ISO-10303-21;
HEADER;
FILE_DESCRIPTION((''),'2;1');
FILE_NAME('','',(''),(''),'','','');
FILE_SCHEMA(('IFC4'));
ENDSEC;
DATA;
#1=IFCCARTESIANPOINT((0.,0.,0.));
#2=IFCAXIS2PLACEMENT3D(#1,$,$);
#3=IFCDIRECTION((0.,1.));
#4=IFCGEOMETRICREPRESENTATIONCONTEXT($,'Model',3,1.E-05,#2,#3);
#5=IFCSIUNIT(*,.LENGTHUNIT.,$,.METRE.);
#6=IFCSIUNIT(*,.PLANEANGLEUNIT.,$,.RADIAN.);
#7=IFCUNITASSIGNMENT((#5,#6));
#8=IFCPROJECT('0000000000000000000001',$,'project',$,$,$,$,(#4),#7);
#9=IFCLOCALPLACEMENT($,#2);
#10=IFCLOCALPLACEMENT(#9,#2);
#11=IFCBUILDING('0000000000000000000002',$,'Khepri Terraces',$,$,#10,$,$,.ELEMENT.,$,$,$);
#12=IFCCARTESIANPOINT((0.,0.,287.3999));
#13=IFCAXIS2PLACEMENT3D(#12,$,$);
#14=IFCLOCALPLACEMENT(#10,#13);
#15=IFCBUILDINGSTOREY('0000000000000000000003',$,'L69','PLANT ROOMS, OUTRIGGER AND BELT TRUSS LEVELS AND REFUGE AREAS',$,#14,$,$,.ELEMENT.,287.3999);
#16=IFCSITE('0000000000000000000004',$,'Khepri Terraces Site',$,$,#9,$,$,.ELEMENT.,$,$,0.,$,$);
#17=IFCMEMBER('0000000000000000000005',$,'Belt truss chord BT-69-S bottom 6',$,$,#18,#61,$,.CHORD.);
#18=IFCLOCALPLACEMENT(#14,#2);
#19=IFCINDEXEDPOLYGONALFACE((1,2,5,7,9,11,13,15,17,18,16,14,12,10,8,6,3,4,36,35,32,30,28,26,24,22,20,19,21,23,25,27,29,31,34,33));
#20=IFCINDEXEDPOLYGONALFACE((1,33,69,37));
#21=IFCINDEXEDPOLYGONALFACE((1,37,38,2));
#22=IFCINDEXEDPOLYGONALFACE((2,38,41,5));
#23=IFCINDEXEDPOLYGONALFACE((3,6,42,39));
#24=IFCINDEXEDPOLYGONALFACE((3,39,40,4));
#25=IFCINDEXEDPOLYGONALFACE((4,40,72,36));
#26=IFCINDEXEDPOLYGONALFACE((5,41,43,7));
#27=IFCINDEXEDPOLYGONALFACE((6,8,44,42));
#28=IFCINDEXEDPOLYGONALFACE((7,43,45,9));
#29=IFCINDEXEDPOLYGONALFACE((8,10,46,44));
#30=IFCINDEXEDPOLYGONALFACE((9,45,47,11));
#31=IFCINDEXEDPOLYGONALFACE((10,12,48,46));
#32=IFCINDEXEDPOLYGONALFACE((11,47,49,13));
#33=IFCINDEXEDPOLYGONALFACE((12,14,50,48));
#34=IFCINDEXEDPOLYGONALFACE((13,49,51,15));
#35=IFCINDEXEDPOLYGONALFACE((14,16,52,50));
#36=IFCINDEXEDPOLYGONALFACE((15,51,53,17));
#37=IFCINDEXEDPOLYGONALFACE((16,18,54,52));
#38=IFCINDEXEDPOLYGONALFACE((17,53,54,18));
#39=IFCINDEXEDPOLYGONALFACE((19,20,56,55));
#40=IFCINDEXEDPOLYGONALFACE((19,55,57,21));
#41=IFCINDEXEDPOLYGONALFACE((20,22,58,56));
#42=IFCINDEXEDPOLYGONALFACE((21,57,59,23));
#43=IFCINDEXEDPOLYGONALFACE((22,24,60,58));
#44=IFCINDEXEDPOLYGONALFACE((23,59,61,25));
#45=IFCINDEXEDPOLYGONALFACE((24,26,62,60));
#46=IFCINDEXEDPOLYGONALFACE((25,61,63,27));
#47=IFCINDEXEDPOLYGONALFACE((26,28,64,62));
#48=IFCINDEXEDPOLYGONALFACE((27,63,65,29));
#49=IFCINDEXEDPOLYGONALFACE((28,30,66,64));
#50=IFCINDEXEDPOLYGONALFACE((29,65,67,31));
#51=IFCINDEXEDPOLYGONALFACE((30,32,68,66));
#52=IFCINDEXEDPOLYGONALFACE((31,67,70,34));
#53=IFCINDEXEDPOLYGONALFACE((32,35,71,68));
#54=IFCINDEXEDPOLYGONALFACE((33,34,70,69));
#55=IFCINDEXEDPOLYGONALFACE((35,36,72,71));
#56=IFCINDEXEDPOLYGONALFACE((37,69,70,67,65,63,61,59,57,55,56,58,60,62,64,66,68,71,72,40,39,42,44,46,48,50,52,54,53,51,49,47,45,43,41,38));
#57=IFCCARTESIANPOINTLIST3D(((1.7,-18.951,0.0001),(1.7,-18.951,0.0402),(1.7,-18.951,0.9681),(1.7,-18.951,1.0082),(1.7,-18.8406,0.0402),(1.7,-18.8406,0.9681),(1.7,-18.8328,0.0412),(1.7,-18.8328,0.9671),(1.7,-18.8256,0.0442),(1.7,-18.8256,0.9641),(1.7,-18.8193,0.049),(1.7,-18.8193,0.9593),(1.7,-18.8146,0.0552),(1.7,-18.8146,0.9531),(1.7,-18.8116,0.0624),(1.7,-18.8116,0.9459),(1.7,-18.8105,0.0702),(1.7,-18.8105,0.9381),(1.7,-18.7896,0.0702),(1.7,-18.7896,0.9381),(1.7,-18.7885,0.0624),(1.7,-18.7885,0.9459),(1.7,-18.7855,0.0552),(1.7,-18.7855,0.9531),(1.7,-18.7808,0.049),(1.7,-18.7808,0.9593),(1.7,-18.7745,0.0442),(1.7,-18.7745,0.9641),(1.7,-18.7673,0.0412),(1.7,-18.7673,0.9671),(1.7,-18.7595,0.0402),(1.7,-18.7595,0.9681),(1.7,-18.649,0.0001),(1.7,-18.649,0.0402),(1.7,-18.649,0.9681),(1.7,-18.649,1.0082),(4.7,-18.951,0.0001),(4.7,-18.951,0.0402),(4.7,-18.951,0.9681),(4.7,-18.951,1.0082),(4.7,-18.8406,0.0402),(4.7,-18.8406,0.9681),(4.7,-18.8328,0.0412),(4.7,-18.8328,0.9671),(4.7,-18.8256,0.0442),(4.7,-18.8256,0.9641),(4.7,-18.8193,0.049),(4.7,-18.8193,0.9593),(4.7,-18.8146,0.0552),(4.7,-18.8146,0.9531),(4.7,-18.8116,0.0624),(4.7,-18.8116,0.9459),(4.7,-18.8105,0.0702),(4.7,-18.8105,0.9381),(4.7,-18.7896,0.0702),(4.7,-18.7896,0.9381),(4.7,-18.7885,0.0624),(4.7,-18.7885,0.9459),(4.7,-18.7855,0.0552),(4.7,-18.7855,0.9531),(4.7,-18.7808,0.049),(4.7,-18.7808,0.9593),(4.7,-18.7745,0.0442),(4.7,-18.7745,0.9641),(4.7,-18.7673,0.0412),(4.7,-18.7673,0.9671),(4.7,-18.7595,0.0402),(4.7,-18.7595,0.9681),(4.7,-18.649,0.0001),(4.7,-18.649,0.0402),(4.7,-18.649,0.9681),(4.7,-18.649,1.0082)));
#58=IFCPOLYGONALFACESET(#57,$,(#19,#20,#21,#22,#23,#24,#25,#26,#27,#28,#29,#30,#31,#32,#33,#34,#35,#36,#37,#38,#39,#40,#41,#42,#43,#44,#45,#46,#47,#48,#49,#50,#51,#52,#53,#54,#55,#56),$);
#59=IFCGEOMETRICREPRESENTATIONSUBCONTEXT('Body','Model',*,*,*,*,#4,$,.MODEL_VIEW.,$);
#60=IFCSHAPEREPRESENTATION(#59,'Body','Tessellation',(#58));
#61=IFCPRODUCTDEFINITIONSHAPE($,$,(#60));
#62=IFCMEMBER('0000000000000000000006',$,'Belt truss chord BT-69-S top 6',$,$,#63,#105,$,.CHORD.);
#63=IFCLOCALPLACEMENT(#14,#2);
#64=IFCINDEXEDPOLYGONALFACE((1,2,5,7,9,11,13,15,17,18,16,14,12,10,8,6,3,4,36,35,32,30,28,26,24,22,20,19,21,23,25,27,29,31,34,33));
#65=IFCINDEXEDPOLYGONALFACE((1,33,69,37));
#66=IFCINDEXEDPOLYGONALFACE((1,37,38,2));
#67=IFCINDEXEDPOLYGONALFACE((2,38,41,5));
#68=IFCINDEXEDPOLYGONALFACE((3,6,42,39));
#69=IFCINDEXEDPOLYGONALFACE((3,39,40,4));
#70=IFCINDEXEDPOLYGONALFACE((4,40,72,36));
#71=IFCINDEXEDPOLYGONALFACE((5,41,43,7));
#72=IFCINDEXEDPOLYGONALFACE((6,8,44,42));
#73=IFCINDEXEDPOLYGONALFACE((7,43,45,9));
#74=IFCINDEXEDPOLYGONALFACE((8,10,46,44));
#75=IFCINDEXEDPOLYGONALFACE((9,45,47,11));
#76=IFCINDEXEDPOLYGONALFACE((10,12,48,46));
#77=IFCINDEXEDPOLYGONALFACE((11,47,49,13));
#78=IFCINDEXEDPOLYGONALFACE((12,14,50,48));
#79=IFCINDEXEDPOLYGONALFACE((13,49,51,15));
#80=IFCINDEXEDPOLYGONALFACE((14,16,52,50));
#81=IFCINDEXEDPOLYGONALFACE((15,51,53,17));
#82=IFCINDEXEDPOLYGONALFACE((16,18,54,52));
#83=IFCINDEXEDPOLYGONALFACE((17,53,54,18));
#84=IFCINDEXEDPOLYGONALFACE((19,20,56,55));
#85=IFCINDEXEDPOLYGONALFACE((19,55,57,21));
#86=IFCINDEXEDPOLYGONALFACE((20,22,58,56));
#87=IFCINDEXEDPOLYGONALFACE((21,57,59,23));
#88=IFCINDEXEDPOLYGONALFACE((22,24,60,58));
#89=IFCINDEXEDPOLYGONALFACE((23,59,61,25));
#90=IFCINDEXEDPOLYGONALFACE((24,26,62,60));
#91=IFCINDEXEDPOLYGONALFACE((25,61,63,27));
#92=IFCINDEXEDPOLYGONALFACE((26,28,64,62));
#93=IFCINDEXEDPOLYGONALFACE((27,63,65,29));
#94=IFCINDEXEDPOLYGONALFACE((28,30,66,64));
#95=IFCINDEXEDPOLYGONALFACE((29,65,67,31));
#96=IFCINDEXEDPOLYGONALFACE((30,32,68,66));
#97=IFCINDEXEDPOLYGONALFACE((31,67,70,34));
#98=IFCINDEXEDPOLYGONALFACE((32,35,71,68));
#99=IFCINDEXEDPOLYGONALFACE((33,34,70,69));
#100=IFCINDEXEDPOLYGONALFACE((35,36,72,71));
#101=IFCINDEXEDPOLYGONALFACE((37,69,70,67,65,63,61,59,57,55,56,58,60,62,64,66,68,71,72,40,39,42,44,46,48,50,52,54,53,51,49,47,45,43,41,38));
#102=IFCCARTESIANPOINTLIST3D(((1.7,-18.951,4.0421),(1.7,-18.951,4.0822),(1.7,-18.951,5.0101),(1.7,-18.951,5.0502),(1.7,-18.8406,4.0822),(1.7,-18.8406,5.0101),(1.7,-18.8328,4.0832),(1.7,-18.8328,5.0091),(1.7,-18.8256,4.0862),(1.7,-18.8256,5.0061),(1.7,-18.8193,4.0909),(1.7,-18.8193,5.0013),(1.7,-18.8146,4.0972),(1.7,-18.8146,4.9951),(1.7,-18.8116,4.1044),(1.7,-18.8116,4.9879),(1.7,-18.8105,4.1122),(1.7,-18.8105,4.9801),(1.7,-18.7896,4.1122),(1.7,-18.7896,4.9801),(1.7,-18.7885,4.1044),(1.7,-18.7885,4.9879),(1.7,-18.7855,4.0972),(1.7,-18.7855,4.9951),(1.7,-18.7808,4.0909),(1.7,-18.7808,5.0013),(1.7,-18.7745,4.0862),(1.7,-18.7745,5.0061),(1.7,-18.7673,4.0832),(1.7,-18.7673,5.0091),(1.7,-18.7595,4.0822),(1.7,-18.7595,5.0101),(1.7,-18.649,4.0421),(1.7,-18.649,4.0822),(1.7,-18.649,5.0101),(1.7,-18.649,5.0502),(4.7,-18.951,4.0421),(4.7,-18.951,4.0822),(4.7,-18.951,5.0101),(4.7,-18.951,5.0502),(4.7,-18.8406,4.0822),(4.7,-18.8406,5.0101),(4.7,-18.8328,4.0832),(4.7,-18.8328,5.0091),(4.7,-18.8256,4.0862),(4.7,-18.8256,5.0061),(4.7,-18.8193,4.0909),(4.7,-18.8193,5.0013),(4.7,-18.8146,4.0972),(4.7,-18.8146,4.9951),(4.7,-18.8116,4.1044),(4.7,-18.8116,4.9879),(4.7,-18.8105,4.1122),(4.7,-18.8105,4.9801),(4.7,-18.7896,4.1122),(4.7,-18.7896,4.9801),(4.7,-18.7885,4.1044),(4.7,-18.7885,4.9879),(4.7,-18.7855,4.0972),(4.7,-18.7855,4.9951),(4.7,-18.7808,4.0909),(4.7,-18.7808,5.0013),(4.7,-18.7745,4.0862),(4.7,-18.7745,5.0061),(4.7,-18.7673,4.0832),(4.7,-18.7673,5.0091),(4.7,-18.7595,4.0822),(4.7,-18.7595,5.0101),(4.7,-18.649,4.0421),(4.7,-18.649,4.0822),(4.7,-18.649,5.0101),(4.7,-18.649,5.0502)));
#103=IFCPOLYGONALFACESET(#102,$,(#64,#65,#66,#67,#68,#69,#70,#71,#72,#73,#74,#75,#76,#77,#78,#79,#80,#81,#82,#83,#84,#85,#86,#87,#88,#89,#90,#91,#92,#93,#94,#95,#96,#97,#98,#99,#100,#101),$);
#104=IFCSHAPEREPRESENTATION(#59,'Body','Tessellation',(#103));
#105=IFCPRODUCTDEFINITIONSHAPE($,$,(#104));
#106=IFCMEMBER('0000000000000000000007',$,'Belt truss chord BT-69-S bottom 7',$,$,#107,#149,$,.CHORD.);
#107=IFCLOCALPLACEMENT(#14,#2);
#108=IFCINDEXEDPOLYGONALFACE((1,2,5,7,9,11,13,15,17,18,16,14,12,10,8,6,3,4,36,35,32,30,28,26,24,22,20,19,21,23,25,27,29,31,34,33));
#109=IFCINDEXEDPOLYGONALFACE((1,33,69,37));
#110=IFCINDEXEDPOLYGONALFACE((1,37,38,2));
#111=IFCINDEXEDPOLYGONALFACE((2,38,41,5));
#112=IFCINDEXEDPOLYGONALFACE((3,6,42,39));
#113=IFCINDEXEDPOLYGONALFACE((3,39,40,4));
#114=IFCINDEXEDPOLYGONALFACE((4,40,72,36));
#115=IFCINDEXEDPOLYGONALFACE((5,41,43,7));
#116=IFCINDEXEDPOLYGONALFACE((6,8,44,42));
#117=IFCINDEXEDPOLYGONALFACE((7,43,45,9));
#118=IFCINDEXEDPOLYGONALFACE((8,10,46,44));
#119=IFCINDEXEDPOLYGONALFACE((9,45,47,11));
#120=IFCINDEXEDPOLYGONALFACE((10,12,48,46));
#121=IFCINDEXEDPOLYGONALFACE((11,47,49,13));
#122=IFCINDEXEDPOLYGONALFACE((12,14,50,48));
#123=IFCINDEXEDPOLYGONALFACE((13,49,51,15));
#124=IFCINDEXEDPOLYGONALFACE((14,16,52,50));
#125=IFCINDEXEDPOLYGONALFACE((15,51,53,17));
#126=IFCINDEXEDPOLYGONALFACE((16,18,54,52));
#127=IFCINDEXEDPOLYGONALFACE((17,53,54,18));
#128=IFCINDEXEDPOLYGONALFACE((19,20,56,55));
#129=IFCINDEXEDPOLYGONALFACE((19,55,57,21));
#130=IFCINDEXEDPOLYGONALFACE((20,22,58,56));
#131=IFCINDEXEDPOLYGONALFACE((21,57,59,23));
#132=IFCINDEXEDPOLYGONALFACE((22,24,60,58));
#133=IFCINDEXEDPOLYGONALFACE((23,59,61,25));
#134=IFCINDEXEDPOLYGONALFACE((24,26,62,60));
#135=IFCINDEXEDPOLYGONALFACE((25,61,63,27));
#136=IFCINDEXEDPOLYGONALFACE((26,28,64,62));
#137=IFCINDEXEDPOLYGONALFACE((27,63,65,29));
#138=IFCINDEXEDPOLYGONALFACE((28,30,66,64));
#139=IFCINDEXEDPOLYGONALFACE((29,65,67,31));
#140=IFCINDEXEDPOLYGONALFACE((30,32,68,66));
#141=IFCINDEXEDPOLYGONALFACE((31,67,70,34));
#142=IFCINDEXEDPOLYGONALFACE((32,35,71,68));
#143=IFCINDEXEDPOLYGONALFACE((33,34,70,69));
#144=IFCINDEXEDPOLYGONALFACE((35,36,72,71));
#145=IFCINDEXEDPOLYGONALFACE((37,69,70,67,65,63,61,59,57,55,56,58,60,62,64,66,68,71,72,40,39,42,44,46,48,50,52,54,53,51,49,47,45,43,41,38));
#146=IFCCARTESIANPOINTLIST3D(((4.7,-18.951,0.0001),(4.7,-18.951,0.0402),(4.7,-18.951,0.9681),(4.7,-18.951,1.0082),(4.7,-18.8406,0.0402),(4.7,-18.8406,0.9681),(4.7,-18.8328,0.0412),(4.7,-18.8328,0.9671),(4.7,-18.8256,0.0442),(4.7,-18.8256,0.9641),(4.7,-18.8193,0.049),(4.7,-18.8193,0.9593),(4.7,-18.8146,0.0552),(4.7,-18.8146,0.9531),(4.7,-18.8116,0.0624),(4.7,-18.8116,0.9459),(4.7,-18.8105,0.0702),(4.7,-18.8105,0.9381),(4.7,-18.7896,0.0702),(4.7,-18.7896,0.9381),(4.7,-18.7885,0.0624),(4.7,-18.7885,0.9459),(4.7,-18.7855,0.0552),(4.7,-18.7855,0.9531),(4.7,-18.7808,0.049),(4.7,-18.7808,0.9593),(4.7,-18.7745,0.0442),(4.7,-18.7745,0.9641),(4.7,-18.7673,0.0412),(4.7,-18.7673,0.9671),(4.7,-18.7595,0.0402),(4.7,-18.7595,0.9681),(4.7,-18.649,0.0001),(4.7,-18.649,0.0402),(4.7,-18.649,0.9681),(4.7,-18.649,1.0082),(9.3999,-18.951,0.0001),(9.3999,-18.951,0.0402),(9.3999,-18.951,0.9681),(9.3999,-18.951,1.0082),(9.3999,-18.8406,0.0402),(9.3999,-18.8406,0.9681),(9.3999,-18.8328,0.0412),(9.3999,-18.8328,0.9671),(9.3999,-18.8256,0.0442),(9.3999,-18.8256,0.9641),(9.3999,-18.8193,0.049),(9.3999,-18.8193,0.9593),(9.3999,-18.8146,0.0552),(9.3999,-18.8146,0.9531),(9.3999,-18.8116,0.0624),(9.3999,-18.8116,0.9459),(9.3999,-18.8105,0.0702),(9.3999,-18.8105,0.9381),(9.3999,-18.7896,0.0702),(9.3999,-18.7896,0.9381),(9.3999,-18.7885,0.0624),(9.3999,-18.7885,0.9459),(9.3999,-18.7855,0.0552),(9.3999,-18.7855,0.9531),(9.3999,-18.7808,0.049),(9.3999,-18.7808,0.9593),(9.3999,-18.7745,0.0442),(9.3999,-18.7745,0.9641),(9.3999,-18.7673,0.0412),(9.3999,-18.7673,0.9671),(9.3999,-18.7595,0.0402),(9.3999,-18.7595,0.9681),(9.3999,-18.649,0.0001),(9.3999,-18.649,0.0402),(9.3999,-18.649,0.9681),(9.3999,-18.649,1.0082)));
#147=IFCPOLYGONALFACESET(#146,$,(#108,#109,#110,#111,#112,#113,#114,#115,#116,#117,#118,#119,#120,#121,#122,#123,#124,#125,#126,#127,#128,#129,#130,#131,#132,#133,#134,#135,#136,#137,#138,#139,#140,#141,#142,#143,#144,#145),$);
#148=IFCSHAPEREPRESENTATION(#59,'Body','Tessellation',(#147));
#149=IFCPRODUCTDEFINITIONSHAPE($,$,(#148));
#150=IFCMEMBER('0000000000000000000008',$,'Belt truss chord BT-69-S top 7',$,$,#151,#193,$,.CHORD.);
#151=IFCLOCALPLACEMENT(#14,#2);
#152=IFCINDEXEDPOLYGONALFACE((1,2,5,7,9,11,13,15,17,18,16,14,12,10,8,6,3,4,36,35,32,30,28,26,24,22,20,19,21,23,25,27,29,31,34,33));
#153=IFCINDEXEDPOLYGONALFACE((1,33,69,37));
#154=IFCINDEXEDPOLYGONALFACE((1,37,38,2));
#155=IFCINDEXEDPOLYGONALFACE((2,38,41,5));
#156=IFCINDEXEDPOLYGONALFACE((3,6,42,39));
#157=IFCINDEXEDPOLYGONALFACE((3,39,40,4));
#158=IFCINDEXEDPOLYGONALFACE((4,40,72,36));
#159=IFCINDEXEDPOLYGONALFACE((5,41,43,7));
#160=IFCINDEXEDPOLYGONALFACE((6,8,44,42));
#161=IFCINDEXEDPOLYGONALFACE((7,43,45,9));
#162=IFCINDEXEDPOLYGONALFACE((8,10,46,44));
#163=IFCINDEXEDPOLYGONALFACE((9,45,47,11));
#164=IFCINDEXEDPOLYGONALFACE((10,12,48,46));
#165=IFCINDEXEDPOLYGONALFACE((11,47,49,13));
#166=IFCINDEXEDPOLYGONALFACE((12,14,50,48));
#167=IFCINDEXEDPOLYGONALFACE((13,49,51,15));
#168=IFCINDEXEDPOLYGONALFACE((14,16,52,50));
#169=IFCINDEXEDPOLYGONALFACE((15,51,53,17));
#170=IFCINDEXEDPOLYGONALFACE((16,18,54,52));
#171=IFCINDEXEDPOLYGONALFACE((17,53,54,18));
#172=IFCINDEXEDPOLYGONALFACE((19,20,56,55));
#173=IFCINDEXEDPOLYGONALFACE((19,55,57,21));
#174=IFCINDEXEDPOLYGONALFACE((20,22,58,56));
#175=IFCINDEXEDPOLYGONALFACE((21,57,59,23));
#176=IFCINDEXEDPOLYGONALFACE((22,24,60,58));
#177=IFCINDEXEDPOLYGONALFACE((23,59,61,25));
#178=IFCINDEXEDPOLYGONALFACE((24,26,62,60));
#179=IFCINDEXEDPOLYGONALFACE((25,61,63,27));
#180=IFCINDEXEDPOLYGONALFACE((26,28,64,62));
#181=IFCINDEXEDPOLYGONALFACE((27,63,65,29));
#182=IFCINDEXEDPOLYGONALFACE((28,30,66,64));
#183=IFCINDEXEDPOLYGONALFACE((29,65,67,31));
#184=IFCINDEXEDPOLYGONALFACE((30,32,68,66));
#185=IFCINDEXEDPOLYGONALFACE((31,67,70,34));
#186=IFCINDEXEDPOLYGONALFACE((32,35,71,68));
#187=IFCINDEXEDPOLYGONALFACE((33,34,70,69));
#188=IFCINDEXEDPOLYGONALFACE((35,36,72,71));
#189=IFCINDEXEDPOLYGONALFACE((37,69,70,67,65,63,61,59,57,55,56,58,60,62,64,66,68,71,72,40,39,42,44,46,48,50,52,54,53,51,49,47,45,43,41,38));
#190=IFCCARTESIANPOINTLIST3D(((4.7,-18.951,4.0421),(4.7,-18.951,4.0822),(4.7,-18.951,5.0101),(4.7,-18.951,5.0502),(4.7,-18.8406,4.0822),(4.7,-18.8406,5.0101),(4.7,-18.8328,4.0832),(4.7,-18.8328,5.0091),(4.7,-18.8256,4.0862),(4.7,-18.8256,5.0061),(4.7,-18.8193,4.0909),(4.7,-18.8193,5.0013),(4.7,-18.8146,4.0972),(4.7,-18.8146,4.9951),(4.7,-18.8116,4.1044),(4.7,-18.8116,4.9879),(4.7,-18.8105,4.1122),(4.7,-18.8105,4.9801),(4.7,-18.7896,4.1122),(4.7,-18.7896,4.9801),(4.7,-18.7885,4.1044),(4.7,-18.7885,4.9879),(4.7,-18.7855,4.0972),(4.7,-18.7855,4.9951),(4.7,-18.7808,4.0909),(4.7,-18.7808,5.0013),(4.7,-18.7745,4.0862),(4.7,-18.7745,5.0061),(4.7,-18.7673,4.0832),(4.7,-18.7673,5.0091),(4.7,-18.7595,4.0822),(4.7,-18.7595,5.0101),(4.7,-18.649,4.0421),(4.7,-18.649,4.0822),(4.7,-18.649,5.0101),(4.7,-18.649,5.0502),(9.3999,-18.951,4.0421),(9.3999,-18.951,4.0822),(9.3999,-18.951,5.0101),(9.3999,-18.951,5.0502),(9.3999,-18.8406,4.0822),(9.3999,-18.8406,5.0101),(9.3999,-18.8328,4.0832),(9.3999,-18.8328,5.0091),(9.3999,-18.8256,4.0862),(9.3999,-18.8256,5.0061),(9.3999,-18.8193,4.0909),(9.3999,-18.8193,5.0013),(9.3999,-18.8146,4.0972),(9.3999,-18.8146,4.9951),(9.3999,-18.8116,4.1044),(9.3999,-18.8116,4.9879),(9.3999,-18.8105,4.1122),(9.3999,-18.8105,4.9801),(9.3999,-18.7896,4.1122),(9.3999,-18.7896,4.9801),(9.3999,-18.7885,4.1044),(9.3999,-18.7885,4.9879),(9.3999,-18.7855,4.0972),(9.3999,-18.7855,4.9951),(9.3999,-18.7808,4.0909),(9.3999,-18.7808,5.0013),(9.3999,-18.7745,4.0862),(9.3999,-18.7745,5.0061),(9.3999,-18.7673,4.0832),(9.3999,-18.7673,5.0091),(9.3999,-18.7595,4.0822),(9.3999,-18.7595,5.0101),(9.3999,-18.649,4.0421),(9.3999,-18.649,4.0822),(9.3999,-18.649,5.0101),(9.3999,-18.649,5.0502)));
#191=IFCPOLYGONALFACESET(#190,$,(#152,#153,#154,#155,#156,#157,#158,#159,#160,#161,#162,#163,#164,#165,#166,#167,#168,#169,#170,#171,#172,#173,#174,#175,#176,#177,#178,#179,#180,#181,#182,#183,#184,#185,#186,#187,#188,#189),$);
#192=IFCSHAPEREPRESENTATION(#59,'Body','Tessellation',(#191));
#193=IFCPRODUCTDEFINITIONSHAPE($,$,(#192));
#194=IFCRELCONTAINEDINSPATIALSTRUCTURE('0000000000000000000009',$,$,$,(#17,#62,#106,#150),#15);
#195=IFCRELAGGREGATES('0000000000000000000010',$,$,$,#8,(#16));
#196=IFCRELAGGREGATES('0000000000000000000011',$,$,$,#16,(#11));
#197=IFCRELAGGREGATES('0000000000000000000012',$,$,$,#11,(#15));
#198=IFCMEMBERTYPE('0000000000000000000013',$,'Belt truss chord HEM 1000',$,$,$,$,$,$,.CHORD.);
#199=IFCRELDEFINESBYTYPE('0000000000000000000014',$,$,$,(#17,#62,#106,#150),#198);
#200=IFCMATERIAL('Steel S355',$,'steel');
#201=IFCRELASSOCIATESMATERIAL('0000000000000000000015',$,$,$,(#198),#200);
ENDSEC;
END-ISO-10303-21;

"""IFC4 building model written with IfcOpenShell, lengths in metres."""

from ifc_helpers import new_model, si_unit, direction, frame, origin, origin_2d, place, context, subcontext, project, spatial, i_section, extrude, material, material_profile, profile_set, type_object, element, save


model = new_model("IFC4")

# Units and contexts
model_context = context("Model", 3, precision=1e-05, world=origin(), true_north=direction((0.0, 1.0)))
body_context = subcontext(model_context, "Body", "Model", "MODEL_VIEW")
ifc_project = project(units=[si_unit("LENGTHUNIT", "METRE"), si_unit("PLANEANGLEUNIT", "RADIAN")], contexts=[model_context])

# Site, building, storey
site_placement = place(None, origin())
site = spatial("IfcSite", under=ifc_project, at=site_placement, Name="Khepri Terraces Site", CompositionType="ELEMENT", RefElevation=0.0)
building_placement = place(site_placement, origin())
building = spatial("IfcBuilding", under=site, at=building_placement, Name="Khepri Terraces", CompositionType="ELEMENT")
storey_placement = place(building_placement, frame((0.0, 0.0, 287.3999)))
storey = spatial("IfcBuildingStorey", under=building, at=storey_placement, Name="L69", Description="PLANT ROOMS, OUTRIGGER AND BELT TRUSS LEVELS AND REFUGE AREAS", CompositionType="ELEMENT", Elevation=287.3999)

# Members
ifc_material_1 = material(Name="Steel S355", Category="steel")
ifc_material_profile_1 = material_profile(ifc_material_1, i_section(OverallWidth=0.302, OverallDepth=1.0081, WebThickness=0.021, FlangeThickness=0.04, FilletRadius=0.03, at=origin_2d()), Name="Steel S355", Category="steel")
ifc_profile_set_1 = profile_set([ifc_material_profile_1], Name="Steel S355")
member_type_1 = type_object("IfcMemberType", Name="Belt truss chord HEM 1000", PredefinedType="CHORD", material=ifc_profile_set_1)
for number, where, z_axis, x_axis, name in (
    (1, (1.7, -18.8, 0.5042), (1.0, 0.0, 0.0), (0.0, 1.0, 0.0), "Belt truss chord BT-69-S bottom 6"),
    (2, (1.7, -18.8, 4.5461), (1.0, 0.0, 0.0), (0.0, 1.0, 0.0), "Belt truss chord BT-69-S top 6"),
):
    element("IfcMember", number, at=place(storey_placement, frame(where, z_axis=z_axis, x_axis=x_axis)), inside=storey, type_object=member_type_1, Name=name, PredefinedType="CHORD", context=body_context, shape_type="SweptSolid", body=[
        extrude(i_section(OverallWidth=0.302, OverallDepth=1.0081, WebThickness=0.021, FlangeThickness=0.04, FilletRadius=0.03, at=origin_2d()), origin(), (0.0, 0.0, 1.0), 3.0),
    ])
for number, where, z_axis, x_axis, name in (
    (3, (4.7, -18.8, 0.5042), (1.0, 0.0, 0.0), (0.0, 1.0, 0.0), "Belt truss chord BT-69-S bottom 7"),
    (4, (4.7, -18.8, 4.5461), (1.0, 0.0, 0.0), (0.0, 1.0, 0.0), "Belt truss chord BT-69-S top 7"),
):
    element("IfcMember", number, at=place(storey_placement, frame(where, z_axis=z_axis, x_axis=x_axis)), inside=storey, type_object=member_type_1, Name=name, PredefinedType="CHORD", context=body_context, shape_type="SweptSolid", body=[
        extrude(i_section(OverallWidth=0.302, OverallDepth=1.0081, WebThickness=0.021, FlangeThickness=0.04, FilletRadius=0.03, at=origin_2d()), origin(), (0.0, 0.0, 1.0), 4.7),
    ])

save(model, "model.ifc")
